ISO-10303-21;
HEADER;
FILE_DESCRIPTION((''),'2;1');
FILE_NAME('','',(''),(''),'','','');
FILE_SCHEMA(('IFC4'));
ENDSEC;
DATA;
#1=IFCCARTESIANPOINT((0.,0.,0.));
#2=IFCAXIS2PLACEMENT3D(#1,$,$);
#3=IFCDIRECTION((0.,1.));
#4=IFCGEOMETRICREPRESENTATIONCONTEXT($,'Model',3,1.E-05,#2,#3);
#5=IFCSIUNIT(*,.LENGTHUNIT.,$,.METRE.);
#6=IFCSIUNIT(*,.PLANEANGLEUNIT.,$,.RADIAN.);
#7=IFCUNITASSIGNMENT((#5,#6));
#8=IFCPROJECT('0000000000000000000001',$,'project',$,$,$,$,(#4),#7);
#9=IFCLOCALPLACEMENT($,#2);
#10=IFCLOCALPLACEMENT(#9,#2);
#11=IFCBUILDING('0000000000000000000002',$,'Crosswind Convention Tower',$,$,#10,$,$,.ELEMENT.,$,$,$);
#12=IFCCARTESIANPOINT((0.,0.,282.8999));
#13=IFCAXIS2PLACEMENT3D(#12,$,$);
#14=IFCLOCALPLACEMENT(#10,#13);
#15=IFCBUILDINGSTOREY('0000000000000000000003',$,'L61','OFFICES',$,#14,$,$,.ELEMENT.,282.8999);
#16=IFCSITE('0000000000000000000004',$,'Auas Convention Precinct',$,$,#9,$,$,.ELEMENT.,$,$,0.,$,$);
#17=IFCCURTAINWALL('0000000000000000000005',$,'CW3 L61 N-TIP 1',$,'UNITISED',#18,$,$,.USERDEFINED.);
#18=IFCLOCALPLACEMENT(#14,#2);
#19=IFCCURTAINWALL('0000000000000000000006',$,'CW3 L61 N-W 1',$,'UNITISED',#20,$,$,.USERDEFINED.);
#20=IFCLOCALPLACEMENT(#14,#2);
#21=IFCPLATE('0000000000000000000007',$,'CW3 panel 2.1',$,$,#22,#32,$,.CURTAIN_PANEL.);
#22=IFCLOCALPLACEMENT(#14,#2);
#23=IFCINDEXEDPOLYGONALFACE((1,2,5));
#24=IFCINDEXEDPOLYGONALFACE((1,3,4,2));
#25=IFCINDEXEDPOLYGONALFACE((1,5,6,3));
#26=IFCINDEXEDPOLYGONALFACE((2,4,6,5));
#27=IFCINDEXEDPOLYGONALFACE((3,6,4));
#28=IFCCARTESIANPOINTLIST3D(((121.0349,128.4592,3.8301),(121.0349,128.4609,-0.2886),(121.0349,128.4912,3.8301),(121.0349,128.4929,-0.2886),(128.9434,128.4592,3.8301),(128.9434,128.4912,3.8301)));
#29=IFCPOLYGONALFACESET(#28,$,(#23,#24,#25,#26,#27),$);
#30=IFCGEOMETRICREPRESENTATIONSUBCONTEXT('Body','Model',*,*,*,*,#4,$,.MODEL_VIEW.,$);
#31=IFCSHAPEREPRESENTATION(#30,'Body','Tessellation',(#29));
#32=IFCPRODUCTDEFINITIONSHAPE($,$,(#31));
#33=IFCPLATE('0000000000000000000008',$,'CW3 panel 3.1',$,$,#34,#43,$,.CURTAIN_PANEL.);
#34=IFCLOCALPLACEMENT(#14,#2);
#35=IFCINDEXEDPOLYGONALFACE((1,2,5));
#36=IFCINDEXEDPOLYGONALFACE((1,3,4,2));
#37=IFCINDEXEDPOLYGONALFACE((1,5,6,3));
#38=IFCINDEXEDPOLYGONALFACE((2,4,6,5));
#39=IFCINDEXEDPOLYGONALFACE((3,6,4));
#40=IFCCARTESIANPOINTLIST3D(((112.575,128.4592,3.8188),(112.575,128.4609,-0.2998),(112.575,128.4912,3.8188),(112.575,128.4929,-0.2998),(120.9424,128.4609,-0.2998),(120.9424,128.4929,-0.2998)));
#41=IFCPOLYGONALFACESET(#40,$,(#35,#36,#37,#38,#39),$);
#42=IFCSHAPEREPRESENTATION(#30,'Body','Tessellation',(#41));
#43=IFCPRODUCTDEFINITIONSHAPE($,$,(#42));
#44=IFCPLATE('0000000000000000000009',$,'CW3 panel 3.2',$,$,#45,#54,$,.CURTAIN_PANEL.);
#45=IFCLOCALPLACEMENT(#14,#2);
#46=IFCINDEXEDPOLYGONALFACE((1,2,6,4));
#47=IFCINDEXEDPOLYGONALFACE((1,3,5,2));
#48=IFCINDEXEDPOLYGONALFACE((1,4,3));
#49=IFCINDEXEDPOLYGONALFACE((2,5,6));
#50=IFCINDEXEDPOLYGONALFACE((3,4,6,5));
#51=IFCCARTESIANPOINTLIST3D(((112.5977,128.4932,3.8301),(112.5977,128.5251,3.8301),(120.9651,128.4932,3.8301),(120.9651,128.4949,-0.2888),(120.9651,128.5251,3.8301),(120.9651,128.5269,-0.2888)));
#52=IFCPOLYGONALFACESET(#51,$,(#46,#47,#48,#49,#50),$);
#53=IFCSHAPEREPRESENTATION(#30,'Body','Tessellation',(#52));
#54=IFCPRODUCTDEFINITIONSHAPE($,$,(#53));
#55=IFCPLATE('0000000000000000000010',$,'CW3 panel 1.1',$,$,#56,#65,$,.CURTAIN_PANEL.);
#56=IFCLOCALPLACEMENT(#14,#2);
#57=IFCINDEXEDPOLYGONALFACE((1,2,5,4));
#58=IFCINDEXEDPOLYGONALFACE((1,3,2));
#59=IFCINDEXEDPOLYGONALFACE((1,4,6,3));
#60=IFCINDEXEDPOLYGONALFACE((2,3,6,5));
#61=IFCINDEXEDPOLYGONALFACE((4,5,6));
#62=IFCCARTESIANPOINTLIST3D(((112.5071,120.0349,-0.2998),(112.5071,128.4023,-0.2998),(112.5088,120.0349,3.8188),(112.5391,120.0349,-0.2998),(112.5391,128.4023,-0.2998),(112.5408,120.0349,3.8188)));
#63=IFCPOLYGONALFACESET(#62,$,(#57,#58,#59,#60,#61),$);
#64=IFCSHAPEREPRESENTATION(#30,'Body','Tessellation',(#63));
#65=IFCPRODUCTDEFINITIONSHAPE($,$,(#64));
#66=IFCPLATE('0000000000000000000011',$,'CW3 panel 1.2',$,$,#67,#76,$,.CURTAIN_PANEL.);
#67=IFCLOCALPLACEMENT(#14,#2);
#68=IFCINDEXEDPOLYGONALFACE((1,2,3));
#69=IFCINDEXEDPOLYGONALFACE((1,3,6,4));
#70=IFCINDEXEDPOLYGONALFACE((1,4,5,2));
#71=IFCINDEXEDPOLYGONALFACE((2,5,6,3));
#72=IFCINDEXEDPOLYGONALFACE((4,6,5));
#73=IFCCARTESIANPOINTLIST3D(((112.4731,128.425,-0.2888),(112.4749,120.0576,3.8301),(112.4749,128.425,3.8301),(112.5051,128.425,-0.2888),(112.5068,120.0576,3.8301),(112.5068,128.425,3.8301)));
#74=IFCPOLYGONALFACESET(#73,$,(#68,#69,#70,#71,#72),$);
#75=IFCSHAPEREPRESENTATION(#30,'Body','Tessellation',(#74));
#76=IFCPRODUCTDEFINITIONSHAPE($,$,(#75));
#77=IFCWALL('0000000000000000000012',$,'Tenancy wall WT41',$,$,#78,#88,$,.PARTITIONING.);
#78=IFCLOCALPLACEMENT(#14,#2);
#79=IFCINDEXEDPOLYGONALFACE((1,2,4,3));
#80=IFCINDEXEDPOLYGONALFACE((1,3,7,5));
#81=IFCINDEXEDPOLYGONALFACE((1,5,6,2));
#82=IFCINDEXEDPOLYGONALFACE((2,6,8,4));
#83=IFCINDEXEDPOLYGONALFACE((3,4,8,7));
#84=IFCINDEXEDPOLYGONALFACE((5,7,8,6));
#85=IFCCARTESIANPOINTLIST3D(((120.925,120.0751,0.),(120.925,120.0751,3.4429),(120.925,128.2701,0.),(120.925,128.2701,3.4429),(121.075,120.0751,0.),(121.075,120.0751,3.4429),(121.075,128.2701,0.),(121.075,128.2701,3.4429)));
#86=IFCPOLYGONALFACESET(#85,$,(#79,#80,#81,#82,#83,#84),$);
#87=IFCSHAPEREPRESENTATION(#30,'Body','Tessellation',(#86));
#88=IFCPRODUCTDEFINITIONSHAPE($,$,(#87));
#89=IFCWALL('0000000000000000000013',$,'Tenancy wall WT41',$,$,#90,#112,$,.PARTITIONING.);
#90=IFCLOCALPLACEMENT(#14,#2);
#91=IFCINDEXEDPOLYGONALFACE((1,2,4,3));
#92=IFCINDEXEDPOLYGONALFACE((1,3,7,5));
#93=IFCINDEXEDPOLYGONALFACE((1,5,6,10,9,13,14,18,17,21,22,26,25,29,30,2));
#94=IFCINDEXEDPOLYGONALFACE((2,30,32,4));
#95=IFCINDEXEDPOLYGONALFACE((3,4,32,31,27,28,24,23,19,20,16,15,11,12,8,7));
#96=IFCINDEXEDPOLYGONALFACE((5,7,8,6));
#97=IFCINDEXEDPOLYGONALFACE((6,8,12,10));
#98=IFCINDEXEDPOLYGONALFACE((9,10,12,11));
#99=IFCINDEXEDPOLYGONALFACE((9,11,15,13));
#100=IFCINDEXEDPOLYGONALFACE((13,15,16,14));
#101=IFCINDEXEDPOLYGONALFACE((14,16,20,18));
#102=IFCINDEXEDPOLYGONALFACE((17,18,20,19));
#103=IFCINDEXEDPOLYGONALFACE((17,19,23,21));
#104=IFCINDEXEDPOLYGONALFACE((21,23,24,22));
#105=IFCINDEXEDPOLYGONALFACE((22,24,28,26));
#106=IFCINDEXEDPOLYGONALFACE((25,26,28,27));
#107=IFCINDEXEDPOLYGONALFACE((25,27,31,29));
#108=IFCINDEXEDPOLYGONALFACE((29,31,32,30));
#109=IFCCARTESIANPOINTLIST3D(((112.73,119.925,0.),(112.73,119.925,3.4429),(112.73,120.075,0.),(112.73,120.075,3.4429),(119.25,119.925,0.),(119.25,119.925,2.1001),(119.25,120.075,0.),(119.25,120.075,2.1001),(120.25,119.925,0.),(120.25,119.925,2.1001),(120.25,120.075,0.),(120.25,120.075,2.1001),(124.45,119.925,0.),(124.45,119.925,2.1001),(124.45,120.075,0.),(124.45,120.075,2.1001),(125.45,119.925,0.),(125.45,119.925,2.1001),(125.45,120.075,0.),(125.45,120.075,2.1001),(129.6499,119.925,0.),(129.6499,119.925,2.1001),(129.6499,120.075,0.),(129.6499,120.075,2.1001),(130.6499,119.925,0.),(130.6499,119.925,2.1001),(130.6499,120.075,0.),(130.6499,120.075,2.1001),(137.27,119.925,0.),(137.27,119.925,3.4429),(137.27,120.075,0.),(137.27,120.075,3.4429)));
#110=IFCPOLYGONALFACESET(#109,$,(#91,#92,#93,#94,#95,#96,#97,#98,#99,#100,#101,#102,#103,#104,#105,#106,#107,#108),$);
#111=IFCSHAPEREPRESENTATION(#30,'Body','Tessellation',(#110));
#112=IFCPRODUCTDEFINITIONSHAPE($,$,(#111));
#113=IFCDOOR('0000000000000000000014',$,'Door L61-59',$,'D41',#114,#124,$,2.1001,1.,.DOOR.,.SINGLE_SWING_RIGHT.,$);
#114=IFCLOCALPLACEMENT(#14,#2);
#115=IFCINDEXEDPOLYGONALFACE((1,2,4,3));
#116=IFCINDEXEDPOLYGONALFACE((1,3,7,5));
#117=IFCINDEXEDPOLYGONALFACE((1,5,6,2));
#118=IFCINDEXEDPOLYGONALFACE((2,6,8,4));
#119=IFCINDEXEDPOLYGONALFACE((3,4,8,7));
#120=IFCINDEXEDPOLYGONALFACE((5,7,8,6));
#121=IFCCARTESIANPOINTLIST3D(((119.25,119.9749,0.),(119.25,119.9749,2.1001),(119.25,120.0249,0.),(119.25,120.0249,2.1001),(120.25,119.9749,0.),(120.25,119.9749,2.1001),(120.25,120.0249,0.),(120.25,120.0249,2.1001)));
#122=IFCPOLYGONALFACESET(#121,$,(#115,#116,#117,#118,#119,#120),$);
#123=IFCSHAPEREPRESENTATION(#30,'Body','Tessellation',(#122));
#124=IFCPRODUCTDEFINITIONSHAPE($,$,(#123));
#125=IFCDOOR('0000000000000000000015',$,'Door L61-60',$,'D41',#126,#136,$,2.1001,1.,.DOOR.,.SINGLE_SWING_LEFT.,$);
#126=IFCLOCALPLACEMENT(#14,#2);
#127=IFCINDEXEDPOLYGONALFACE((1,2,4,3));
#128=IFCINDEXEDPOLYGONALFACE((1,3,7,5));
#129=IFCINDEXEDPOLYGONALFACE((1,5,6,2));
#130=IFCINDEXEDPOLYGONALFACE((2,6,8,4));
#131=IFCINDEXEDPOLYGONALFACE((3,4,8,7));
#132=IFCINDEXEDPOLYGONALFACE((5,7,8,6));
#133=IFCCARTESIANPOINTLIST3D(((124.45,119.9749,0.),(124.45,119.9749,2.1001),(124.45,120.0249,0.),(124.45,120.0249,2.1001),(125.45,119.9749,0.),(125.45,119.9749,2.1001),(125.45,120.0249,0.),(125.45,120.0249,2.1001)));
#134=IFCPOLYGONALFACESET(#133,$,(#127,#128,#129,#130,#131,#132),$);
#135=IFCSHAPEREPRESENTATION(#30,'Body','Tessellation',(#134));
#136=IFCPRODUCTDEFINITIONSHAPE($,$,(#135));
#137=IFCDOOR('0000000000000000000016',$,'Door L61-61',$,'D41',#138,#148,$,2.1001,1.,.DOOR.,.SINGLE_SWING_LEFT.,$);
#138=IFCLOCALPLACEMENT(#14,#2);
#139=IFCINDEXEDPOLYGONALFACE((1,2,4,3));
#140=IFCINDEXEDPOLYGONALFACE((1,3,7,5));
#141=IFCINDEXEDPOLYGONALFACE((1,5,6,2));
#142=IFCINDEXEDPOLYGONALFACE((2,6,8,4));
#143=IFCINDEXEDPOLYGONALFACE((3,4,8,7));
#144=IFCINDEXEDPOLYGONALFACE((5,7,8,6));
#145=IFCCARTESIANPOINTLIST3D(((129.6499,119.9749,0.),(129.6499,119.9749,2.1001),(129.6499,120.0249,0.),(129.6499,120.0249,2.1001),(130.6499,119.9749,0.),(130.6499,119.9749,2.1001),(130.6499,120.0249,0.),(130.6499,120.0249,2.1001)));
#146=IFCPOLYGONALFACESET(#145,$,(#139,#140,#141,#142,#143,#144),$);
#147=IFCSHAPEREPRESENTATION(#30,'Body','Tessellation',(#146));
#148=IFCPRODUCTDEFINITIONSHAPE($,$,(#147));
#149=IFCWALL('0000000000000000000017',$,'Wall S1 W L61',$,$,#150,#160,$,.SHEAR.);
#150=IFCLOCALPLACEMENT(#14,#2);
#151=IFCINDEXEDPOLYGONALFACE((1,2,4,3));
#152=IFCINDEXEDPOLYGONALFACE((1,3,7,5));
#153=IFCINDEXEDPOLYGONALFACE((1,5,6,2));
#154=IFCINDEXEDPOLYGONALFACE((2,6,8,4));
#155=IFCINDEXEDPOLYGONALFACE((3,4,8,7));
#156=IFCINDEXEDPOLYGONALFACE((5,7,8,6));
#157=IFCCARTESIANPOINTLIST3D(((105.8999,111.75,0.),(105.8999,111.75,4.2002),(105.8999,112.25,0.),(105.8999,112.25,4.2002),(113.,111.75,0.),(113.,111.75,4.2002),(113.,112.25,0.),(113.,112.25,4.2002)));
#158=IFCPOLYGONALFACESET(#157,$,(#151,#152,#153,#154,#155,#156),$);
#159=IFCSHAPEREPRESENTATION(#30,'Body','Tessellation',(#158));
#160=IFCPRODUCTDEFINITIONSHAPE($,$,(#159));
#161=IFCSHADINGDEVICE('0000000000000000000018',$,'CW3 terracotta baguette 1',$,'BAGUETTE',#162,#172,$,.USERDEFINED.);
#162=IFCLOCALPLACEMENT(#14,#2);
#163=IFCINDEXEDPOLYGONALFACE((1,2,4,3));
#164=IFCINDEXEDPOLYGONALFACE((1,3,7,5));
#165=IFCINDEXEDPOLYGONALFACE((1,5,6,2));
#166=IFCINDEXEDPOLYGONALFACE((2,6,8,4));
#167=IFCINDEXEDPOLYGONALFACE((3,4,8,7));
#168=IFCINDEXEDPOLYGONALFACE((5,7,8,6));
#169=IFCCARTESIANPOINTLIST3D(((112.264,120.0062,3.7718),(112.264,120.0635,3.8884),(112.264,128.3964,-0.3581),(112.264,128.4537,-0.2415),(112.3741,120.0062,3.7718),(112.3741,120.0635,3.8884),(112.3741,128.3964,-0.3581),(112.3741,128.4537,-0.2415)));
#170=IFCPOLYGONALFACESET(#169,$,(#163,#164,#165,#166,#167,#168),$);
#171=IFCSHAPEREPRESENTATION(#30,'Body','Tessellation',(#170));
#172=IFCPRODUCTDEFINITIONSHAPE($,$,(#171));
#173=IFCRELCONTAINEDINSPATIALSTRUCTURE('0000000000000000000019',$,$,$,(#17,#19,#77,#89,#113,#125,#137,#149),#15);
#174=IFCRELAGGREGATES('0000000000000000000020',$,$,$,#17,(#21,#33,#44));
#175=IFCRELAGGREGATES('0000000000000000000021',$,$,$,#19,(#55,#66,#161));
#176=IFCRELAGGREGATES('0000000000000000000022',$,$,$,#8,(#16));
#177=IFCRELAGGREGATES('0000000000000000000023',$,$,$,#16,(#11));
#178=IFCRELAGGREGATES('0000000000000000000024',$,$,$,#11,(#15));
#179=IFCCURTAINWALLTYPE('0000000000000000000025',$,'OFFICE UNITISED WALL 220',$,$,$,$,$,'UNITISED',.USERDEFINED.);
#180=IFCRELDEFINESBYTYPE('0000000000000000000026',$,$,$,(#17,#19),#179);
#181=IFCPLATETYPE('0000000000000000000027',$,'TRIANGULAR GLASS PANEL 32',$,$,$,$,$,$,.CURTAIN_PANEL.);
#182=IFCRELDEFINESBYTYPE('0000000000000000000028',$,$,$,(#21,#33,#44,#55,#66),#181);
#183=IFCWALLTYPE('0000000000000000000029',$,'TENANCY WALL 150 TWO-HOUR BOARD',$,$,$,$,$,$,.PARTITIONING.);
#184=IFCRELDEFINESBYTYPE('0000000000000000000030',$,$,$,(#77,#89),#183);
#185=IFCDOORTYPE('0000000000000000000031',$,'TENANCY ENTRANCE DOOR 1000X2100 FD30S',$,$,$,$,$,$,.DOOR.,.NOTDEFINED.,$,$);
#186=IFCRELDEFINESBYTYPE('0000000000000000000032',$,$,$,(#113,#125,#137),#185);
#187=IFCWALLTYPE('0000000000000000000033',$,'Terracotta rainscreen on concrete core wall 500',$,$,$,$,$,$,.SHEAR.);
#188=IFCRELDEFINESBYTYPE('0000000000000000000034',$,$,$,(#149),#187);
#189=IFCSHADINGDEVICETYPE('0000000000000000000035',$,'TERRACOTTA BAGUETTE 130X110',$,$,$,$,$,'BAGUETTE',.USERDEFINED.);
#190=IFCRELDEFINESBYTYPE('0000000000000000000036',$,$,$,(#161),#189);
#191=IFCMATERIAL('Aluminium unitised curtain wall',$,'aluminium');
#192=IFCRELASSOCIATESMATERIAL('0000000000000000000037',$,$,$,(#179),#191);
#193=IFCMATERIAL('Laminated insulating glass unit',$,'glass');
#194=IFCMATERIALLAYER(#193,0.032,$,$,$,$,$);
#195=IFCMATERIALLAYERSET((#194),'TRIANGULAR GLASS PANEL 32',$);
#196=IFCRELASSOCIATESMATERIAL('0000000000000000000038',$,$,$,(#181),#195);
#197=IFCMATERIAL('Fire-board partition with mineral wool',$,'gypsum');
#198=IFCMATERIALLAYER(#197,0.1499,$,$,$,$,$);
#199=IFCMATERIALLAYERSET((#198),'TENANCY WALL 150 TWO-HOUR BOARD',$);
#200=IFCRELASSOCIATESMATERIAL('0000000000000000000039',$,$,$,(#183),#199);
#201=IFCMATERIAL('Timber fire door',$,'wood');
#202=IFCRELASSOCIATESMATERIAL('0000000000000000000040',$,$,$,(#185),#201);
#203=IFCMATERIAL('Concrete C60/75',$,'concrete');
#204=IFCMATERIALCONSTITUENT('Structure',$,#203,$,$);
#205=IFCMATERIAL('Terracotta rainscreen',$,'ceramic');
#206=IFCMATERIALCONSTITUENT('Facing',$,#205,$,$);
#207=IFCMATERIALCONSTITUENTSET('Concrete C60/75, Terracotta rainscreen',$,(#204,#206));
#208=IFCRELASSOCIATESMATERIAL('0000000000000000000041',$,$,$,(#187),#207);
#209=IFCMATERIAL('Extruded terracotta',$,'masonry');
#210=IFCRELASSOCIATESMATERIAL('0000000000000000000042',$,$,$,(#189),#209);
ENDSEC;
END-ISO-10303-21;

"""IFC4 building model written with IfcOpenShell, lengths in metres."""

from ifc_helpers import new_model, si_unit, direction, frame, frame_2d, origin, origin_2d, place, context, subcontext, project, spatial, polyline, rectangle, outline, extrude, material, layer, layer_set, constituent, constituent_set, material_profile, profile_set, type_object, element, fill, aggregate, save


model = new_model("IFC4")

# Units and contexts
model_context = context("Model", 3, precision=1e-05, world=origin(), true_north=direction((0.0, 1.0)))
body_context = subcontext(model_context, "Body", "Model", "MODEL_VIEW")
ifc_project = project(units=[si_unit("LENGTHUNIT", "METRE"), si_unit("PLANEANGLEUNIT", "RADIAN")], contexts=[model_context])

# Site, building, storey
site_placement = place(None, origin())
site = spatial("IfcSite", under=ifc_project, at=site_placement, Name="Auas Convention Precinct", CompositionType="ELEMENT", RefElevation=0.0)
building_placement = place(site_placement, origin())
building = spatial("IfcBuilding", under=site, at=building_placement, Name="Crosswind Convention Tower", CompositionType="ELEMENT")
storey_placement = place(building_placement, frame((0.0, 0.0, 282.8999)))
storey = spatial("IfcBuildingStorey", under=building, at=storey_placement, Name="L61", Description="OFFICES", CompositionType="ELEMENT", Elevation=282.8999)

# Shared definitions
ifc_material_1 = material(Name="Concrete C60/75", Category="concrete")

# Curtain wall
ifc_material_2 = material(Name="Aluminium unitised curtain wall", Category="aluminium")
curtain_wall_type_1 = type_object("IfcCurtainWallType", Name="OFFICE UNITISED WALL 220", ElementType="UNITISED", PredefinedType="USERDEFINED", material=ifc_material_2)
curtain_wall_1_placement = place(storey_placement, origin())
curtain_wall_1 = element("IfcCurtainWall", 1, at=curtain_wall_1_placement, inside=storey, type_object=curtain_wall_type_1, Name="CW3 L61 N-TIP 1", ObjectType="UNITISED", PredefinedType="USERDEFINED")

# Curtain wall
curtain_wall_2_placement = place(storey_placement, origin())
curtain_wall_2 = element("IfcCurtainWall", 2, at=curtain_wall_2_placement, inside=storey, type_object=curtain_wall_type_1, Name="CW3 L61 N-W 1", ObjectType="UNITISED", PredefinedType="USERDEFINED")

# Plates
ifc_material_3 = material(Name="Laminated insulating glass unit", Category="glass")
ifc_layer_1 = layer(ifc_material_3, 0.032)
ifc_layer_set_1 = layer_set([ifc_layer_1], Name="TRIANGULAR GLASS PANEL 32")
plate_type_1 = type_object("IfcPlateType", Name="TRIANGULAR GLASS PANEL 32", PredefinedType="CURTAIN_PANEL", material=ifc_layer_set_1)
plate_1_placement = place(storey_placement, frame((121.0349, 128.4912, 3.8301), z_axis=(0.0, 1.0, 0.000415), x_axis=(1.0, 0.0, 0.0)))
plate_1 = element("IfcPlate", 3, at=plate_1_placement, type_object=plate_type_1, Name="CW3 panel 2.1", PredefinedType="CURTAIN_PANEL", context=body_context, shape_type="SweptSolid", body=[
    extrude(outline(polyline([(0.0, 0.0), (7.9084, 0.0), (0.0, 4.1187), (0.0, 0.0)])), origin(), (0.0, 0.0, -1.0), 0.032),
])
plate_2_placement = place(storey_placement, frame((112.575, 128.4929, -0.2998), z_axis=(0.0, 1.0, 0.000415), x_axis=(0.0, -0.000415, 1.0)))
plate_2 = element("IfcPlate", 4, at=plate_2_placement, type_object=plate_type_1, Name="CW3 panel 3.1", PredefinedType="CURTAIN_PANEL", context=body_context, shape_type="SweptSolid", body=[
    extrude(outline(polyline([(0.0, 0.0), (4.1187, 0.0), (0.0, 8.3674), (0.0, 0.0)])), origin(), (0.0, 0.0, -1.0), 0.032),
])
plate_3_placement = place(storey_placement, frame((120.9651, 128.5251, 3.8301), z_axis=(0.0, 1.0, 0.000415), x_axis=(0.0, 0.000415, -1.0)))
plate_3 = element("IfcPlate", 5, at=plate_3_placement, type_object=plate_type_1, Name="CW3 panel 3.2", PredefinedType="CURTAIN_PANEL", context=body_context, shape_type="SweptSolid", body=[
    extrude(outline(polyline([(0.0, 0.0), (4.1189, 0.0), (0.0, 8.3674), (0.0, 0.0)])), origin(), (0.0, 0.0, -1.0), 0.032),
])
aggregate(curtain_wall_1, [plate_1, plate_2, plate_3])
plate_4_placement = place(storey_placement, frame((112.5071, 120.0349, -0.2998), z_axis=(-1.0, 0.0, 0.000415), x_axis=(0.000415, 0.0, 1.0)))
plate_4 = element("IfcPlate", 6, at=plate_4_placement, type_object=plate_type_1, Name="CW3 panel 1.1", PredefinedType="CURTAIN_PANEL", context=body_context, shape_type="SweptSolid", body=[
    extrude(outline(polyline([(0.0, 0.0), (4.1187, 0.0), (0.0, 8.3674), (0.0, 0.0)])), origin(), (0.0, 0.0, -1.0), 0.032),
])
plate_5_placement = place(storey_placement, frame((112.4749, 128.425, 3.8301), z_axis=(-1.0, 0.0, 0.000415), x_axis=(-0.000415, 0.0, -1.0)))
plate_5 = element("IfcPlate", 7, at=plate_5_placement, type_object=plate_type_1, Name="CW3 panel 1.2", PredefinedType="CURTAIN_PANEL", context=body_context, shape_type="SweptSolid", body=[
    extrude(outline(polyline([(0.0, 0.0), (4.1189, 0.0), (0.0, 8.3674), (0.0, 0.0)])), origin(), (0.0, 0.0, -1.0), 0.032),
])

# Wall
ifc_material_4 = material(Name="Fire-board partition with mineral wool", Category="gypsum")
ifc_layer_2 = layer(ifc_material_4, 0.1499)
ifc_layer_set_2 = layer_set([ifc_layer_2], Name="TENANCY WALL 150 TWO-HOUR BOARD")
wall_type_1 = type_object("IfcWallType", Name="TENANCY WALL 150 TWO-HOUR BOARD", PredefinedType="PARTITIONING", material=ifc_layer_set_2)
wall_1_placement = place(storey_placement, frame((121.0, 120.075, 0.0), z_axis=(0.0, 0.0, 1.0), x_axis=(0.0, 1.0, 0.0)))
element("IfcWall", 8, at=wall_1_placement, inside=storey, type_object=wall_type_1, Name="Tenancy wall WT41", PredefinedType="PARTITIONING", context=body_context, shape_type="SweptSolid", body=[
    extrude(rectangle(XDim=8.1951, YDim=0.1499, at=frame_2d((4.0977, 0.0))), origin(), (0.0, 0.0, 1.0), 3.4429),
])

# Wall, openings, doors
wall_2_placement = place(storey_placement, frame((112.73, 120.0, 0.0), z_axis=(0.0, 0.0, 1.0), x_axis=(1.0, 0.0, 0.0)))
wall_2 = element("IfcWall", 9, at=wall_2_placement, inside=storey, type_object=wall_type_1, Name="Tenancy wall WT41", PredefinedType="PARTITIONING", context=body_context, shape_type="SweptSolid", body=[
    extrude(rectangle(XDim=24.54, YDim=0.1499, at=frame_2d((12.27, 0.0))), origin(), (0.0, 0.0, 1.0), 3.4429),
])
opening_1_placement = place(wall_2_placement, frame((6.52, 0.0, 0.0)))
opening_1 = element("IfcOpeningElement", 10, at=opening_1_placement, cuts=wall_2, PredefinedType="OPENING", context=body_context, shape_type="SweptSolid", body=[
    extrude(rectangle(XDim=1.0, YDim=2.1001, at=frame_2d((0.5, 1.05))), frame((0.0, 0.085, 0.0), z_axis=(0.0, -1.0, 0.0), x_axis=(1.0, 0.0, 0.0)), (0.0, 0.0, 1.0), 0.1699),
])
opening_2_placement = place(wall_2_placement, frame((11.72, 0.0, 0.0)))
opening_2 = element("IfcOpeningElement", 11, at=opening_2_placement, cuts=wall_2, PredefinedType="OPENING", context=body_context, shape_type="SweptSolid", body=[
    extrude(rectangle(XDim=1.0, YDim=2.1001, at=frame_2d((0.5, 1.05))), frame((0.0, 0.085, 0.0), z_axis=(0.0, -1.0, 0.0), x_axis=(1.0, 0.0, 0.0)), (0.0, 0.0, 1.0), 0.1699),
])
opening_3_placement = place(wall_2_placement, frame((16.9199, 0.0, 0.0)))
opening_3 = element("IfcOpeningElement", 12, at=opening_3_placement, cuts=wall_2, PredefinedType="OPENING", context=body_context, shape_type="SweptSolid", body=[
    extrude(rectangle(XDim=1.0, YDim=2.1001, at=frame_2d((0.5, 1.05))), frame((0.0, 0.085, 0.0), z_axis=(0.0, -1.0, 0.0), x_axis=(1.0, 0.0, 0.0)), (0.0, 0.0, 1.0), 0.1699),
])
ifc_material_5 = material(Name="Timber fire door", Category="wood")
door_type = type_object("IfcDoorType", Name="TENANCY ENTRANCE DOOR 1000X2100 FD30S", OperationType="NOTDEFINED", PredefinedType="DOOR", material=ifc_material_5)
door_1_placement = place(opening_1_placement, origin())
door_1 = element("IfcDoor", 13, at=door_1_placement, inside=storey, type_object=door_type, Name="Door L61-59", ObjectType="D41", OperationType="SINGLE_SWING_RIGHT", OverallHeight=2.1001, OverallWidth=1.0, PredefinedType="DOOR", context=body_context, shape_type="SweptSolid", body=[
    extrude(rectangle(XDim=1.0, YDim=2.1001, at=frame_2d((0.5, 1.05))), frame((0.0, 0.0249, 0.0), z_axis=(0.0, -1.0, 0.0), x_axis=(1.0, 0.0, 0.0)), (0.0, 0.0, 1.0), 0.05),
])
fill(opening_1, door_1)
door_2_placement = place(opening_2_placement, origin())
door_2 = element("IfcDoor", 14, at=door_2_placement, inside=storey, type_object=door_type, Name="Door L61-60", ObjectType="D41", OperationType="SINGLE_SWING_LEFT", OverallHeight=2.1001, OverallWidth=1.0, PredefinedType="DOOR", context=body_context, shape_type="SweptSolid", body=[
    extrude(rectangle(XDim=1.0, YDim=2.1001, at=frame_2d((0.5, 1.05))), frame((0.0, 0.0249, 0.0), z_axis=(0.0, -1.0, 0.0), x_axis=(1.0, 0.0, 0.0)), (0.0, 0.0, 1.0), 0.05),
])
fill(opening_2, door_2)
door_3_placement = place(opening_3_placement, origin())
door_3 = element("IfcDoor", 15, at=door_3_placement, inside=storey, type_object=door_type, Name="Door L61-61", ObjectType="D41", OperationType="SINGLE_SWING_LEFT", OverallHeight=2.1001, OverallWidth=1.0, PredefinedType="DOOR", context=body_context, shape_type="SweptSolid", body=[
    extrude(rectangle(XDim=1.0, YDim=2.1001, at=frame_2d((0.5, 1.05))), frame((0.0, 0.0249, 0.0), z_axis=(0.0, -1.0, 0.0), x_axis=(1.0, 0.0, 0.0)), (0.0, 0.0, 1.0), 0.05),
])
fill(opening_3, door_3)

# Wall
ifc_constituent_1 = constituent(ifc_material_1, Name="Structure")
ifc_material_6 = material(Name="Terracotta rainscreen", Category="ceramic")
ifc_constituent_2 = constituent(ifc_material_6, Name="Facing")
ifc_constituent_set = constituent_set(constituents=[ifc_constituent_1, ifc_constituent_2], Name="Concrete C60/75, Terracotta rainscreen")
wall_type_2 = type_object("IfcWallType", Name="Terracotta rainscreen on concrete core wall 500", PredefinedType="SHEAR", material=ifc_constituent_set)
wall_3_placement = place(storey_placement, frame((113.0, 112.0, 0.0), z_axis=(0.0, 0.0, 1.0), x_axis=(-1.0, 0.0, 0.0)))
element("IfcWall", 16, at=wall_3_placement, inside=storey, type_object=wall_type_2, Name="Wall S1 W L61", PredefinedType="SHEAR", context=body_context, shape_type="SweptSolid", body=[
    extrude(rectangle(XDim=7.1001, YDim=0.5, at=frame_2d((3.55, 0.0))), origin(), (0.0, 0.0, 1.0), 4.2002),
])

# Shading device
ifc_material_7 = material(Name="Extruded terracotta", Category="masonry")
ifc_material_profile_1 = material_profile(ifc_material_7, rectangle(XDim=0.1101, YDim=0.1299, at=origin_2d()), Name="TC 110X130")
ifc_profile_set_1 = profile_set([ifc_material_profile_1], Name="Extruded terracotta")
shading_device_type = type_object("IfcShadingDeviceType", Name="TERRACOTTA BAGUETTE 130X110", ElementType="BAGUETTE", PredefinedType="USERDEFINED", material=ifc_profile_set_1)
shading_device_placement = place(storey_placement, frame((112.3191, 128.425, -0.2998), z_axis=(0.0, -0.897198, 0.441628), x_axis=(1.0, 0.0, 0.0)))
shading_device = element("IfcShadingDevice", 17, at=shading_device_placement, type_object=shading_device_type, Name="CW3 terracotta baguette 1", ObjectType="BAGUETTE", PredefinedType="USERDEFINED", context=body_context, shape_type="SweptSolid", body=[
    extrude(rectangle(XDim=0.1101, YDim=0.1299, at=origin_2d()), origin(), (0.0, 0.0, 1.0), 9.3516),
])
aggregate(curtain_wall_2, [plate_4, plate_5, shading_device])

save(model, "model.ifc")
